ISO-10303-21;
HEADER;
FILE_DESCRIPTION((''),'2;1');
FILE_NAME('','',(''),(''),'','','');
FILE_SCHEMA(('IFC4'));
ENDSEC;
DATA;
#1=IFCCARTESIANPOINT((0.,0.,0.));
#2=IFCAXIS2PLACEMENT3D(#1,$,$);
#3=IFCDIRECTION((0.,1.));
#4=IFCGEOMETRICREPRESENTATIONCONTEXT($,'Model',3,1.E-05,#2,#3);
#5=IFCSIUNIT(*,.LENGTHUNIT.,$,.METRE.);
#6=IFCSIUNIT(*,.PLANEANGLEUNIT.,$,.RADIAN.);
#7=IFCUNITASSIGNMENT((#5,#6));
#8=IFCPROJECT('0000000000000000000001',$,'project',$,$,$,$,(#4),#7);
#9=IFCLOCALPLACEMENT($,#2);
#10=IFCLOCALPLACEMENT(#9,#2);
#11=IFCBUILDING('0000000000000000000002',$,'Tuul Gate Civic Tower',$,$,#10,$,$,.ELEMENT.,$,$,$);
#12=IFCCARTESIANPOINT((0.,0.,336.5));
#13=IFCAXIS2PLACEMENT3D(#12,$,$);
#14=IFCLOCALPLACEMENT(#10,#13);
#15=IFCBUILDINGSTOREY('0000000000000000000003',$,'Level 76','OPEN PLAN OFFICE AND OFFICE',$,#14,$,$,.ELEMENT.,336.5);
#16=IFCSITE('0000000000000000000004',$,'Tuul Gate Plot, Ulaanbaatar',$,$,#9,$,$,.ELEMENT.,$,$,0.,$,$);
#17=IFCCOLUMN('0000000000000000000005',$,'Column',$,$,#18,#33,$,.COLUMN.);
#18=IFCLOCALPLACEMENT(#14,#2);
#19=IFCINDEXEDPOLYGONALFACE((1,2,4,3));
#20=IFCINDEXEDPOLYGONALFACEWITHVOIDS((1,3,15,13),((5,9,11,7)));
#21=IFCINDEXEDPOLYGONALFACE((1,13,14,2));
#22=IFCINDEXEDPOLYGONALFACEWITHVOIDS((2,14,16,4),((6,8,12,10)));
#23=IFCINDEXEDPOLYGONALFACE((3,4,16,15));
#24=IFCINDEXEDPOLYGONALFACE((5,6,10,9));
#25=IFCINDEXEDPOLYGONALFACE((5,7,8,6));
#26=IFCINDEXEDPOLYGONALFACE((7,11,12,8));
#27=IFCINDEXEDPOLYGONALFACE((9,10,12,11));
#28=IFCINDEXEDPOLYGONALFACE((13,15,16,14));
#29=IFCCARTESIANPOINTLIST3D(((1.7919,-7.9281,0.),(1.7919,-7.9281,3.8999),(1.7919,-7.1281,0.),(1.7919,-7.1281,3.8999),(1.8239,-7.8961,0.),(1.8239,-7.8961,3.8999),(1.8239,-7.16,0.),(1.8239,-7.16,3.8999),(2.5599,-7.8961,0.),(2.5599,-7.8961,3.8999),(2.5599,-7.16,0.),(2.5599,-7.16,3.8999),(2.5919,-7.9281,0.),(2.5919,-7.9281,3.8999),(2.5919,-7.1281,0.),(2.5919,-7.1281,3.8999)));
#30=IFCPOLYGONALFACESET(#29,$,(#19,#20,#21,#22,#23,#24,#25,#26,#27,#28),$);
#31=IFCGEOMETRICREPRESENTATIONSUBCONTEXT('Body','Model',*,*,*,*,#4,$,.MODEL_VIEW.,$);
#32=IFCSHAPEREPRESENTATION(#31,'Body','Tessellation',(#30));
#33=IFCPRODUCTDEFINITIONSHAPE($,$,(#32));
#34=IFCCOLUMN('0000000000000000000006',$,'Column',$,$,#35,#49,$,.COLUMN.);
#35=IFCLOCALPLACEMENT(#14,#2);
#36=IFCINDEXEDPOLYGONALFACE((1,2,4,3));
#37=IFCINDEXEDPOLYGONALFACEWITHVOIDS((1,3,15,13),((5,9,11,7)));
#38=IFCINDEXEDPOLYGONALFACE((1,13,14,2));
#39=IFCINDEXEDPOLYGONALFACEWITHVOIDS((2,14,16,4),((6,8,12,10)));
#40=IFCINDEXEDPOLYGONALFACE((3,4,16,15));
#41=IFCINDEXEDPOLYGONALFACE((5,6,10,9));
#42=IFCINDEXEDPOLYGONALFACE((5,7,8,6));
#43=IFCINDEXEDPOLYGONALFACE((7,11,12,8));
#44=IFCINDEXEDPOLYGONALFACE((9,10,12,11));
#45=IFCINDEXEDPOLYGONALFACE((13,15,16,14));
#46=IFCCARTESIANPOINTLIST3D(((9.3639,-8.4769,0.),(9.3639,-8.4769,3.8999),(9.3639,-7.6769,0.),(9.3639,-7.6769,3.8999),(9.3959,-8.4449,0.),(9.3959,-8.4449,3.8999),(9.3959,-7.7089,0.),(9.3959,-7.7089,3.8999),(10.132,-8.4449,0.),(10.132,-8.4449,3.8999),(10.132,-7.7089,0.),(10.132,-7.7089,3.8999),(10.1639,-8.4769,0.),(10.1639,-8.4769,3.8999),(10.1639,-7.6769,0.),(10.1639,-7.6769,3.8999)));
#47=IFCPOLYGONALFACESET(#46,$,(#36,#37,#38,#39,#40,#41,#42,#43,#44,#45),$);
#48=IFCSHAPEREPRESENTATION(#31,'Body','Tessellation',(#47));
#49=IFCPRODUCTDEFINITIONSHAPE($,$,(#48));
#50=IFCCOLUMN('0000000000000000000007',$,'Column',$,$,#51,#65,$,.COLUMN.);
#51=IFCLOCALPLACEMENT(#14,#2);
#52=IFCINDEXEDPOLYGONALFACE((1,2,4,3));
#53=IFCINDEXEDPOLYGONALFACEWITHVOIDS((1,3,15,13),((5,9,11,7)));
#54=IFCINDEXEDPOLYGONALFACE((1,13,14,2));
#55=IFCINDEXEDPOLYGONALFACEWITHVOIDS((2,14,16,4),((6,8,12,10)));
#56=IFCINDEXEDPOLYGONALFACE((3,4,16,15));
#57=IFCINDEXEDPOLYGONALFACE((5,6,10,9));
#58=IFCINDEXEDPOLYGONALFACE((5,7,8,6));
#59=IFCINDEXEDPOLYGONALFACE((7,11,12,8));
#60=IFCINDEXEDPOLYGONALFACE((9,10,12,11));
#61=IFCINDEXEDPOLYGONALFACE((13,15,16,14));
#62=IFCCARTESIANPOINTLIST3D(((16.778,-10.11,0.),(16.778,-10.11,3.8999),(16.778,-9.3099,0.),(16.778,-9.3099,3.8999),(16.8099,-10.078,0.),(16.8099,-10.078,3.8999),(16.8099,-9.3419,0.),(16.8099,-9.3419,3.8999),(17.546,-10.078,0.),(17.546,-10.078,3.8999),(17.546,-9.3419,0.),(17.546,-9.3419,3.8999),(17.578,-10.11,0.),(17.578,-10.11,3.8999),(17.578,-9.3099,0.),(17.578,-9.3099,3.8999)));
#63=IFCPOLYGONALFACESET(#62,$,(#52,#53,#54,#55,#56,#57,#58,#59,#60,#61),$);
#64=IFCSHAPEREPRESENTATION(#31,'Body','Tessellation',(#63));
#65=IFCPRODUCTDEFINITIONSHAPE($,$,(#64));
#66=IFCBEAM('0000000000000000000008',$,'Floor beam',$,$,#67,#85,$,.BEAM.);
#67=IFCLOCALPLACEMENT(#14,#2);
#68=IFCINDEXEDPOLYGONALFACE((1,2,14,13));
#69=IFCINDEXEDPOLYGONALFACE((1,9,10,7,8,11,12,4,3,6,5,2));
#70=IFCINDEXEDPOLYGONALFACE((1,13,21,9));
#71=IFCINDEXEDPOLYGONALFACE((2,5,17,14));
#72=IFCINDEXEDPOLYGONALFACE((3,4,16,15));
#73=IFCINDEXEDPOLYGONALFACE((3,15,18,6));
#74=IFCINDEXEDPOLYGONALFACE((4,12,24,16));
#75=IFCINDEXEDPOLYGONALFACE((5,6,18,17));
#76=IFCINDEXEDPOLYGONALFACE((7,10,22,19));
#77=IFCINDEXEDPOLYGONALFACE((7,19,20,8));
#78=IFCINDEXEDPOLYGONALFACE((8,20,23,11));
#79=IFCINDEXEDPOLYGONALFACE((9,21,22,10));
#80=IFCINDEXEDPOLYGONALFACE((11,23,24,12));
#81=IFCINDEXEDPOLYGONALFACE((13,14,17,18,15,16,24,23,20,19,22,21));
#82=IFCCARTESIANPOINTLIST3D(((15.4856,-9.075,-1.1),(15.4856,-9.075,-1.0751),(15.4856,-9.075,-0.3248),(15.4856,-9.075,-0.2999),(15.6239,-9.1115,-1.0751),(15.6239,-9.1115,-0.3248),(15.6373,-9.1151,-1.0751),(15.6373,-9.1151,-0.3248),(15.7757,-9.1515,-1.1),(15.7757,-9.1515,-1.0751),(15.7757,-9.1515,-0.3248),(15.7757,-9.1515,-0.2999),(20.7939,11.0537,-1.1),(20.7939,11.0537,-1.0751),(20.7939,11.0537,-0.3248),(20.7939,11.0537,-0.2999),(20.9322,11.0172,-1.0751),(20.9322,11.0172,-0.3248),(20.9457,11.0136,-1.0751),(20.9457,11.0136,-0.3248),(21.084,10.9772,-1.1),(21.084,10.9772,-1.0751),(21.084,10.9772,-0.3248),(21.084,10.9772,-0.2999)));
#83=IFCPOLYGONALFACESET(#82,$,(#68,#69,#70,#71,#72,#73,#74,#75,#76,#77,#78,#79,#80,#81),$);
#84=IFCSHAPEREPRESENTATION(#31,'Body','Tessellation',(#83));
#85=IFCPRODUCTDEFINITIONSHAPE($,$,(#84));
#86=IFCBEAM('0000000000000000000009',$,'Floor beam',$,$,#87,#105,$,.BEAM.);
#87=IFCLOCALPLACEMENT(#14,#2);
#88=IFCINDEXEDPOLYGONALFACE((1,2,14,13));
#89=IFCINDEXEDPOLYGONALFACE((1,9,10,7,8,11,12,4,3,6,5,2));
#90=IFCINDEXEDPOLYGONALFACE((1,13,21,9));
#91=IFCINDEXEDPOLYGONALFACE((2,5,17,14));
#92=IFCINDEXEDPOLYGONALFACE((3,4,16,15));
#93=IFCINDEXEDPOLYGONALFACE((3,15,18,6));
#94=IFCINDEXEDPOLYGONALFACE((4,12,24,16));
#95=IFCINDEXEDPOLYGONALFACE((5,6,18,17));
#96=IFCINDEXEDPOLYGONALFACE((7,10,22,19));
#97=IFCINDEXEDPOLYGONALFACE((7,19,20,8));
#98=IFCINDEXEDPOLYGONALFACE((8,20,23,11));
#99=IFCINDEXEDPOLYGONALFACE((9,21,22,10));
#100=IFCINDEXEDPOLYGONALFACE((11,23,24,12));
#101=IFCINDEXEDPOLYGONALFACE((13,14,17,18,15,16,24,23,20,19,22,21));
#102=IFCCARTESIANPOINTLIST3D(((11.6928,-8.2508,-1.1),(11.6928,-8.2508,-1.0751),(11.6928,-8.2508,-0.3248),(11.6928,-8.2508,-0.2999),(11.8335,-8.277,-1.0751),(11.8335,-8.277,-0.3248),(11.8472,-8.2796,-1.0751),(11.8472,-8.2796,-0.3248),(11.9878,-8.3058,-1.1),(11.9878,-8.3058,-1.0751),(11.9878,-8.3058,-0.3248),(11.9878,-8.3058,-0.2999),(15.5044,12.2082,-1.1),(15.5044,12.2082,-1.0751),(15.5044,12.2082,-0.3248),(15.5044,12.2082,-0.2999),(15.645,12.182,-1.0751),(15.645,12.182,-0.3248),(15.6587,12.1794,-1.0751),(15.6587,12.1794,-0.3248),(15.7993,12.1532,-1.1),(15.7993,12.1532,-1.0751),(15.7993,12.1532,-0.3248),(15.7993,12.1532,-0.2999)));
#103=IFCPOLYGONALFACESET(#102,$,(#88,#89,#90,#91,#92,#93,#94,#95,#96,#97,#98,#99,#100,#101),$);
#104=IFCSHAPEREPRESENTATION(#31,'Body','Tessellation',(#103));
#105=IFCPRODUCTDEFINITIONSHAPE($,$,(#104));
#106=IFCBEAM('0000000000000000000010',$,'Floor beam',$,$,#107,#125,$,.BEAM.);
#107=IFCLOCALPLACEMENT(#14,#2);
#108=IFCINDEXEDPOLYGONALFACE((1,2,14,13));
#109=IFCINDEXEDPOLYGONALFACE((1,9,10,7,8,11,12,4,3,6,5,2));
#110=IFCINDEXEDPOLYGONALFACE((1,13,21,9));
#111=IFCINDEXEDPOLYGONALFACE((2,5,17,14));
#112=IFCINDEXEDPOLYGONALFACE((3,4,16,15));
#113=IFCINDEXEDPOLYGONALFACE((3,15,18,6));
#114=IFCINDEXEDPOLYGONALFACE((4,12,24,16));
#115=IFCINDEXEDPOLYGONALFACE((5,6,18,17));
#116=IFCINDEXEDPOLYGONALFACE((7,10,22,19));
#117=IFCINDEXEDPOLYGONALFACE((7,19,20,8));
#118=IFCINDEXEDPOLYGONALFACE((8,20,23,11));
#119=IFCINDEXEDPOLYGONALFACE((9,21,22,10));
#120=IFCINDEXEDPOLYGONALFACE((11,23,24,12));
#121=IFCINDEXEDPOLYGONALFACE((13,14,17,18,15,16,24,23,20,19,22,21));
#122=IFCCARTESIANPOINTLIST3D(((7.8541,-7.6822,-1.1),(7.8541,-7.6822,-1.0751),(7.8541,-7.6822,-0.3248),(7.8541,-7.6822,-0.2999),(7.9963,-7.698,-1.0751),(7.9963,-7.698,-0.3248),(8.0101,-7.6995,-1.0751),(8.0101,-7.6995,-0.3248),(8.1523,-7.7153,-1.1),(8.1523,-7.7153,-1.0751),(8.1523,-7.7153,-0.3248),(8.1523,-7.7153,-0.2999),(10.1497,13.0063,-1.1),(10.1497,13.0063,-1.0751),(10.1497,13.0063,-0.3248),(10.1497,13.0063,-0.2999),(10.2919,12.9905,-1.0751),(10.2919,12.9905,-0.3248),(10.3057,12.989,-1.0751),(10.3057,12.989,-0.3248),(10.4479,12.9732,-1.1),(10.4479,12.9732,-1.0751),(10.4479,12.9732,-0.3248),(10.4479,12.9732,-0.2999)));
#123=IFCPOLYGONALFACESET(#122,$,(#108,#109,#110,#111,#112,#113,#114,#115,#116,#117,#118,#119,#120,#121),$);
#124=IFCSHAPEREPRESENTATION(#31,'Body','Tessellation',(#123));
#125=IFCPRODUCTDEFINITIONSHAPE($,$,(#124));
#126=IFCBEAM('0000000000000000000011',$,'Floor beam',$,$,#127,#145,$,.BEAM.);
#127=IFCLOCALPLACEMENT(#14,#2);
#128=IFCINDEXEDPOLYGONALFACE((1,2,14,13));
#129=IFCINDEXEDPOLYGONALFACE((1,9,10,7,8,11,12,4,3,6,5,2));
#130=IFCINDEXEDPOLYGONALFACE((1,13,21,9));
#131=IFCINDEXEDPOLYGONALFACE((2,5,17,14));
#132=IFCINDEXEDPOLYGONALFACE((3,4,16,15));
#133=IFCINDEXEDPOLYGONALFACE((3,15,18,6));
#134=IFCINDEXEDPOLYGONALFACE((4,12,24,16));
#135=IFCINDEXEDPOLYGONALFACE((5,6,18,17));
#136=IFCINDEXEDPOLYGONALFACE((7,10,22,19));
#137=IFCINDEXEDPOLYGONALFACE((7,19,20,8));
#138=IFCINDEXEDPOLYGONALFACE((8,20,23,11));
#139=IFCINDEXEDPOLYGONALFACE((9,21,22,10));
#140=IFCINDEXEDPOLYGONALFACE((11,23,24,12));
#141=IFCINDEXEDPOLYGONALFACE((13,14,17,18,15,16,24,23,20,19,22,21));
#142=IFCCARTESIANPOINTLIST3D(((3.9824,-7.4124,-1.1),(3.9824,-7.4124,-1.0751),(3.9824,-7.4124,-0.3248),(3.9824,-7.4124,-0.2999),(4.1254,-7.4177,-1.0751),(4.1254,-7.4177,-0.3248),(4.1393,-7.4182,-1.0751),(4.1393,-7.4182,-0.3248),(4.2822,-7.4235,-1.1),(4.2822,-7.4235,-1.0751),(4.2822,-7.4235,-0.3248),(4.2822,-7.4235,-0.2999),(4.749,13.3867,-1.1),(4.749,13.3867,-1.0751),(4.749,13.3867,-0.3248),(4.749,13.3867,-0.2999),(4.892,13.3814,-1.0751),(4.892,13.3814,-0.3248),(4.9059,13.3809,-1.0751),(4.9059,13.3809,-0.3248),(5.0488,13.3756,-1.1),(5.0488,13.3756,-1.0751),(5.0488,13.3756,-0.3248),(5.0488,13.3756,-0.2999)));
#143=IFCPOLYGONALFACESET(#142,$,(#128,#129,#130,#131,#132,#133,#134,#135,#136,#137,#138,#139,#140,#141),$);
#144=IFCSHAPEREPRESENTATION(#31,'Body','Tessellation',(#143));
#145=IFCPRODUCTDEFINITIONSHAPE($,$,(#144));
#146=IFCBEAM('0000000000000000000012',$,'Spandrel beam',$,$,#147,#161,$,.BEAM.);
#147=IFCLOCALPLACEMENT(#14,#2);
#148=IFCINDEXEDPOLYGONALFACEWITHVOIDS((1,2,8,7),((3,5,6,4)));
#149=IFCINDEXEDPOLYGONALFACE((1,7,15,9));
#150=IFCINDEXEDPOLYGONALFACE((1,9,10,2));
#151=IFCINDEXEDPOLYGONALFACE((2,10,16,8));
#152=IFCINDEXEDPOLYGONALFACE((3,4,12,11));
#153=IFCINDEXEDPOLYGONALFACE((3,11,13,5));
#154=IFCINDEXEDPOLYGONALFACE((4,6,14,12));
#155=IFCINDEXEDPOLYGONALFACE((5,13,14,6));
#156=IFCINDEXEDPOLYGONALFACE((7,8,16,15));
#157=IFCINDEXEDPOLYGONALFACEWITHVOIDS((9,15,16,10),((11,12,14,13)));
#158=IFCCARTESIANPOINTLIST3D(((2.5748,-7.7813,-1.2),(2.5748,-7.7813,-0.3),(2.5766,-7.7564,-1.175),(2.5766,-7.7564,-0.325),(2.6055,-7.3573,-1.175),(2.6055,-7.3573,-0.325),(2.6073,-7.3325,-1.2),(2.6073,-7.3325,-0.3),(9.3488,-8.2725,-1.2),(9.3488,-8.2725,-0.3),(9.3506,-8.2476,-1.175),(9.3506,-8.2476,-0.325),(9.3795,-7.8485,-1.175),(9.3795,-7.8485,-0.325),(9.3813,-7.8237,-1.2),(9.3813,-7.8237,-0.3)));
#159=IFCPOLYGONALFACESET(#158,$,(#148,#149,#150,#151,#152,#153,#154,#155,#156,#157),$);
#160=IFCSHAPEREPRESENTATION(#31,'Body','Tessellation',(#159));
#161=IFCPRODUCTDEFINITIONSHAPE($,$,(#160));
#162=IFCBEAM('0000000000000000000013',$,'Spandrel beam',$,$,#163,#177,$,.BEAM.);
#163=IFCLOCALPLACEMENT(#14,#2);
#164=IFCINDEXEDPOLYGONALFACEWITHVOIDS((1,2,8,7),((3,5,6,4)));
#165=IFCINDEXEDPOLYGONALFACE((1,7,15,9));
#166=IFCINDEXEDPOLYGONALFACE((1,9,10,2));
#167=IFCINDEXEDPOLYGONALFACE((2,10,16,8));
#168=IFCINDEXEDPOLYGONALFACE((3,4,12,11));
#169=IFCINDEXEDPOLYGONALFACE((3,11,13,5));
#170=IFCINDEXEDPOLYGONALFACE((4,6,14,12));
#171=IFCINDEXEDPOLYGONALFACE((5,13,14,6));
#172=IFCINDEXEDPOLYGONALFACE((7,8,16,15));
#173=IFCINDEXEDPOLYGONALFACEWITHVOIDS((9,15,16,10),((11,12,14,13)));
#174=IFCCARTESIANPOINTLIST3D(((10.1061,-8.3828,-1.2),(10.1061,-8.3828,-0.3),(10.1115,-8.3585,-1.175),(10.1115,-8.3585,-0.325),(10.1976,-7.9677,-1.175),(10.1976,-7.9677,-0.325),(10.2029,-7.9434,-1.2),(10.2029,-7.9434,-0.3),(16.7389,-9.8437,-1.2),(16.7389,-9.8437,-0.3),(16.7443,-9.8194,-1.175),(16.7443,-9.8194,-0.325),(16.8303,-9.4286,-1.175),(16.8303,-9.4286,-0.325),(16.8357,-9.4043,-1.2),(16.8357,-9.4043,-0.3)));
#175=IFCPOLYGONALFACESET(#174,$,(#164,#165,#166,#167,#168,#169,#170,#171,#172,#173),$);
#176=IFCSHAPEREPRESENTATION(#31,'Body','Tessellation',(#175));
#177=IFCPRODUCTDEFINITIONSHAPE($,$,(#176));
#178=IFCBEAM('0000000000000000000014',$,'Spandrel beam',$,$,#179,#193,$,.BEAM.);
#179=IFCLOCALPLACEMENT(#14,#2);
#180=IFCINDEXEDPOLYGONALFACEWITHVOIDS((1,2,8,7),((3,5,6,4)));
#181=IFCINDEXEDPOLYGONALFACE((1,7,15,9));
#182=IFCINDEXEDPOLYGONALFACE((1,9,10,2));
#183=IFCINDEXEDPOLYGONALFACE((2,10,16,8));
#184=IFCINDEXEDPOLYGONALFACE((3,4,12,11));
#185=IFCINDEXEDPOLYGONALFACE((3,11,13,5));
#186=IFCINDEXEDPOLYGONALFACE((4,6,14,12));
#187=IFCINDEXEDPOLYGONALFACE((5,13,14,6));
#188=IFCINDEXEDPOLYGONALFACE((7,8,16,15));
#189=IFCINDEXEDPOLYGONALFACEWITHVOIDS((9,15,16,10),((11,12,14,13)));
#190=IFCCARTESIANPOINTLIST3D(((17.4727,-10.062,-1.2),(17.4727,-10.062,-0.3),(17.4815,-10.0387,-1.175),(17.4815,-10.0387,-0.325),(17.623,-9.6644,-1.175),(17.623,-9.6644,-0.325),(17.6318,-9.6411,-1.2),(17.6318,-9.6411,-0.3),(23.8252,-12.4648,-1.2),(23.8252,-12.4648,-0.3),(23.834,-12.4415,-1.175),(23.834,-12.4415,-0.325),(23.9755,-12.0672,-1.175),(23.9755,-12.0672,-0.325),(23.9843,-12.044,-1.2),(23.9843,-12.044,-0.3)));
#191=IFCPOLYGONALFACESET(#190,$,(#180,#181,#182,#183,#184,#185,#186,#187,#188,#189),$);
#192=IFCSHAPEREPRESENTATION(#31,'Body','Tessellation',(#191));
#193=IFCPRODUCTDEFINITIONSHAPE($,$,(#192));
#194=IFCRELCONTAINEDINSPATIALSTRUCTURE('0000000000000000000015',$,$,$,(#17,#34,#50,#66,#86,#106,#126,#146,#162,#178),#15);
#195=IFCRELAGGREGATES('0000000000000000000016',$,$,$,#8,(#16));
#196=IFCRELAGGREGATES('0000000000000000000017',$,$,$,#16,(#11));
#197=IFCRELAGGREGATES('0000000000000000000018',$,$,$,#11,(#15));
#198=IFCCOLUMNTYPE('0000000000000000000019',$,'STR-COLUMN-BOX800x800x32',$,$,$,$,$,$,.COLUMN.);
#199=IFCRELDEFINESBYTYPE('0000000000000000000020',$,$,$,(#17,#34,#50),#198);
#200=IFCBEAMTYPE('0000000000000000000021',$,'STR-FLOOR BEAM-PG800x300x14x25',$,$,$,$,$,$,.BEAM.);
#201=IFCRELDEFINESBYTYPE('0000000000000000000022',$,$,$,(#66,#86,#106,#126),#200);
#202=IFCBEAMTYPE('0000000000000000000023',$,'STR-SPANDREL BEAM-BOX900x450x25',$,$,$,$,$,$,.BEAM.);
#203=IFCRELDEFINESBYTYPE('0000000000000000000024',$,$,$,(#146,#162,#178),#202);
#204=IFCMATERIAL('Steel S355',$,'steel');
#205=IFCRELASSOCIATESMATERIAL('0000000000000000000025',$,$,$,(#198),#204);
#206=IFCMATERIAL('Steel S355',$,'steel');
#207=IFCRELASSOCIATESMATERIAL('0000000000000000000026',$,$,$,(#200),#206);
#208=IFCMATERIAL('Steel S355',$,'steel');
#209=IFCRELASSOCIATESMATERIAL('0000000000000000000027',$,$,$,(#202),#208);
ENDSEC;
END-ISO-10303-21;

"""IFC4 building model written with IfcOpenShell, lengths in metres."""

from ifc_helpers import new_model, si_unit, direction, frame, origin, origin_2d, place, context, subcontext, project, spatial, hollow_rectangle, i_section, extrude, material, material_profile, profile_set, type_object, element, save


model = new_model("IFC4")

# Units and contexts
model_context = context("Model", 3, precision=1e-05, world=origin(), true_north=direction((0.0, 1.0)))
body_context = subcontext(model_context, "Body", "Model", "MODEL_VIEW")
ifc_project = project(units=[si_unit("LENGTHUNIT", "METRE"), si_unit("PLANEANGLEUNIT", "RADIAN")], contexts=[model_context])

# Site, building, storey
site_placement = place(None, origin())
site = spatial("IfcSite", under=ifc_project, at=site_placement, Name="Tuul Gate Plot, Ulaanbaatar", CompositionType="ELEMENT", RefElevation=0.0)
building_placement = place(site_placement, origin())
building = spatial("IfcBuilding", under=site, at=building_placement, Name="Tuul Gate Civic Tower", CompositionType="ELEMENT")
storey_placement = place(building_placement, frame((0.0, 0.0, 336.5)))
storey = spatial("IfcBuildingStorey", under=building, at=storey_placement, Name="Level 76", Description="OPEN PLAN OFFICE AND OFFICE", CompositionType="ELEMENT", Elevation=336.5)

# Columns
ifc_material_1 = material(Name="Steel S355", Category="steel")
ifc_material_profile_1 = material_profile(ifc_material_1, hollow_rectangle(XDim=0.8, YDim=0.8, WallThickness=0.032, at=origin_2d()), Name="BOX800x800x32")
ifc_profile_set_1 = profile_set([ifc_material_profile_1], Name="Steel S355")
column_type = type_object("IfcColumnType", Name="STR-COLUMN-BOX800x800x32", PredefinedType="COLUMN", material=ifc_profile_set_1)
for number, where, z_axis, x_axis, name in (
    (1, (2.1919, -7.5281, 0.0), (0.0, 0.0, 1.0), (1.0, 0.0, 0.0), "Column"),
    (2, (9.7639, -8.0769, 0.0), (0.0, 0.0, 1.0), (1.0, 0.0, 0.0), "Column"),
    (3, (17.178, -9.71, 0.0), (0.0, 0.0, 1.0), (1.0, 0.0, 0.0), "Column"),
):
    element("IfcColumn", number, at=place(storey_placement, frame(where, z_axis=z_axis, x_axis=x_axis)), inside=storey, type_object=column_type, Name=name, PredefinedType="COLUMN", context=body_context, shape_type="SweptSolid", body=[
        extrude(hollow_rectangle(XDim=0.8, YDim=0.8, WallThickness=0.032, at=origin_2d()), origin(), (0.0, 0.0, 1.0), 3.8999),
    ])

# Beams
ifc_material_2 = material(Name="Steel S355", Category="steel")
ifc_material_profile_2 = material_profile(ifc_material_2, i_section(OverallWidth=0.3, OverallDepth=0.8, WebThickness=0.0139, FlangeThickness=0.0249, at=origin_2d()), Name="PG800x300x14x25")
ifc_profile_set_2 = profile_set([ifc_material_profile_2], Name="Steel S355")
beam_type_1 = type_object("IfcBeamType", Name="STR-FLOOR BEAM-PG800x300x14x25", PredefinedType="BEAM", material=ifc_profile_set_2)
beam_1_placement = place(storey_placement, frame((15.6306, -9.1133, -0.7), z_axis=(0.255002, 0.96694, 0.0), x_axis=(-0.96694, 0.255002, 0.0)))
element("IfcBeam", 4, at=beam_1_placement, inside=storey, type_object=beam_type_1, Name="Floor beam", PredefinedType="BEAM", context=body_context, shape_type="SweptSolid", body=[
    extrude(i_section(OverallWidth=0.3, OverallDepth=0.8, WebThickness=0.0139, FlangeThickness=0.0249, at=origin_2d()), origin(), (0.0, 0.0, 1.0), 20.8169),
])
beam_2_placement = place(storey_placement, frame((11.8403, -8.2783, -0.7), z_axis=(0.183149, 0.983085, 0.0), x_axis=(-0.983085, 0.183149, 0.0)))
element("IfcBeam", 5, at=beam_2_placement, inside=storey, type_object=beam_type_1, Name="Floor beam", PredefinedType="BEAM", context=body_context, shape_type="SweptSolid", body=[
    extrude(i_section(OverallWidth=0.3, OverallDepth=0.8, WebThickness=0.0139, FlangeThickness=0.0249, at=origin_2d()), origin(), (0.0, 0.0, 1.0), 20.811),
])
beam_3_placement = place(storey_placement, frame((8.0032, -7.6987, -0.7), z_axis=(0.110286, 0.9939, 0.0), x_axis=(-0.9939, 0.110286, 0.0)))
element("IfcBeam", 6, at=beam_3_placement, inside=storey, type_object=beam_type_1, Name="Floor beam", PredefinedType="BEAM", context=body_context, shape_type="SweptSolid", body=[
    extrude(i_section(OverallWidth=0.3, OverallDepth=0.8, WebThickness=0.0139, FlangeThickness=0.0249, at=origin_2d()), origin(), (0.0, 0.0, 1.0), 20.8154),
])
beam_4_placement = place(storey_placement, frame((4.1323, -7.418, -0.7), z_axis=(0.036832, 0.999321, 0.0), x_axis=(-0.999321, 0.036832, 0.0)))
element("IfcBeam", 7, at=beam_4_placement, inside=storey, type_object=beam_type_1, Name="Floor beam", PredefinedType="BEAM", context=body_context, shape_type="SweptSolid", body=[
    extrude(i_section(OverallWidth=0.3, OverallDepth=0.8, WebThickness=0.0139, FlangeThickness=0.0249, at=origin_2d()), origin(), (0.0, 0.0, 1.0), 20.8132),
])
ifc_material_3 = material(Name="Steel S355", Category="steel")
ifc_material_profile_3 = material_profile(ifc_material_3, hollow_rectangle(XDim=0.45, YDim=0.8999, WallThickness=0.0249, at=origin_2d()), Name="BOX900x450x25")
ifc_profile_set_3 = profile_set([ifc_material_profile_3], Name="Steel S355")
beam_type_2 = type_object("IfcBeamType", Name="STR-SPANDREL BEAM-BOX900x450x25", PredefinedType="BEAM", material=ifc_profile_set_3)
for number, where, z_axis, x_axis, name in (
    (8, (2.5911, -7.5569, -0.75), (0.997381, -0.072325, 0.0), (0.072325, 0.997381, 0.0), "Spandrel beam"),
    (9, (10.1545, -8.1631, -0.75), (0.976591, -0.215103, 0.0), (0.215103, 0.976591, 0.0), "Spandrel beam"),
    (10, (17.5522, -9.8516, -0.75), (0.935327, -0.353785, 0.0), (0.353785, 0.935327, 0.0), "Spandrel beam"),
):
    element("IfcBeam", number, at=place(storey_placement, frame(where, z_axis=z_axis, x_axis=x_axis)), inside=storey, type_object=beam_type_2, Name=name, PredefinedType="BEAM", context=body_context, shape_type="SweptSolid", body=[
        extrude(hollow_rectangle(XDim=0.45, YDim=0.8999, WallThickness=0.0249, at=origin_2d()), origin(), (0.0, 0.0, 1.0), 6.7917),
    ])

save(model, "model.ifc")
